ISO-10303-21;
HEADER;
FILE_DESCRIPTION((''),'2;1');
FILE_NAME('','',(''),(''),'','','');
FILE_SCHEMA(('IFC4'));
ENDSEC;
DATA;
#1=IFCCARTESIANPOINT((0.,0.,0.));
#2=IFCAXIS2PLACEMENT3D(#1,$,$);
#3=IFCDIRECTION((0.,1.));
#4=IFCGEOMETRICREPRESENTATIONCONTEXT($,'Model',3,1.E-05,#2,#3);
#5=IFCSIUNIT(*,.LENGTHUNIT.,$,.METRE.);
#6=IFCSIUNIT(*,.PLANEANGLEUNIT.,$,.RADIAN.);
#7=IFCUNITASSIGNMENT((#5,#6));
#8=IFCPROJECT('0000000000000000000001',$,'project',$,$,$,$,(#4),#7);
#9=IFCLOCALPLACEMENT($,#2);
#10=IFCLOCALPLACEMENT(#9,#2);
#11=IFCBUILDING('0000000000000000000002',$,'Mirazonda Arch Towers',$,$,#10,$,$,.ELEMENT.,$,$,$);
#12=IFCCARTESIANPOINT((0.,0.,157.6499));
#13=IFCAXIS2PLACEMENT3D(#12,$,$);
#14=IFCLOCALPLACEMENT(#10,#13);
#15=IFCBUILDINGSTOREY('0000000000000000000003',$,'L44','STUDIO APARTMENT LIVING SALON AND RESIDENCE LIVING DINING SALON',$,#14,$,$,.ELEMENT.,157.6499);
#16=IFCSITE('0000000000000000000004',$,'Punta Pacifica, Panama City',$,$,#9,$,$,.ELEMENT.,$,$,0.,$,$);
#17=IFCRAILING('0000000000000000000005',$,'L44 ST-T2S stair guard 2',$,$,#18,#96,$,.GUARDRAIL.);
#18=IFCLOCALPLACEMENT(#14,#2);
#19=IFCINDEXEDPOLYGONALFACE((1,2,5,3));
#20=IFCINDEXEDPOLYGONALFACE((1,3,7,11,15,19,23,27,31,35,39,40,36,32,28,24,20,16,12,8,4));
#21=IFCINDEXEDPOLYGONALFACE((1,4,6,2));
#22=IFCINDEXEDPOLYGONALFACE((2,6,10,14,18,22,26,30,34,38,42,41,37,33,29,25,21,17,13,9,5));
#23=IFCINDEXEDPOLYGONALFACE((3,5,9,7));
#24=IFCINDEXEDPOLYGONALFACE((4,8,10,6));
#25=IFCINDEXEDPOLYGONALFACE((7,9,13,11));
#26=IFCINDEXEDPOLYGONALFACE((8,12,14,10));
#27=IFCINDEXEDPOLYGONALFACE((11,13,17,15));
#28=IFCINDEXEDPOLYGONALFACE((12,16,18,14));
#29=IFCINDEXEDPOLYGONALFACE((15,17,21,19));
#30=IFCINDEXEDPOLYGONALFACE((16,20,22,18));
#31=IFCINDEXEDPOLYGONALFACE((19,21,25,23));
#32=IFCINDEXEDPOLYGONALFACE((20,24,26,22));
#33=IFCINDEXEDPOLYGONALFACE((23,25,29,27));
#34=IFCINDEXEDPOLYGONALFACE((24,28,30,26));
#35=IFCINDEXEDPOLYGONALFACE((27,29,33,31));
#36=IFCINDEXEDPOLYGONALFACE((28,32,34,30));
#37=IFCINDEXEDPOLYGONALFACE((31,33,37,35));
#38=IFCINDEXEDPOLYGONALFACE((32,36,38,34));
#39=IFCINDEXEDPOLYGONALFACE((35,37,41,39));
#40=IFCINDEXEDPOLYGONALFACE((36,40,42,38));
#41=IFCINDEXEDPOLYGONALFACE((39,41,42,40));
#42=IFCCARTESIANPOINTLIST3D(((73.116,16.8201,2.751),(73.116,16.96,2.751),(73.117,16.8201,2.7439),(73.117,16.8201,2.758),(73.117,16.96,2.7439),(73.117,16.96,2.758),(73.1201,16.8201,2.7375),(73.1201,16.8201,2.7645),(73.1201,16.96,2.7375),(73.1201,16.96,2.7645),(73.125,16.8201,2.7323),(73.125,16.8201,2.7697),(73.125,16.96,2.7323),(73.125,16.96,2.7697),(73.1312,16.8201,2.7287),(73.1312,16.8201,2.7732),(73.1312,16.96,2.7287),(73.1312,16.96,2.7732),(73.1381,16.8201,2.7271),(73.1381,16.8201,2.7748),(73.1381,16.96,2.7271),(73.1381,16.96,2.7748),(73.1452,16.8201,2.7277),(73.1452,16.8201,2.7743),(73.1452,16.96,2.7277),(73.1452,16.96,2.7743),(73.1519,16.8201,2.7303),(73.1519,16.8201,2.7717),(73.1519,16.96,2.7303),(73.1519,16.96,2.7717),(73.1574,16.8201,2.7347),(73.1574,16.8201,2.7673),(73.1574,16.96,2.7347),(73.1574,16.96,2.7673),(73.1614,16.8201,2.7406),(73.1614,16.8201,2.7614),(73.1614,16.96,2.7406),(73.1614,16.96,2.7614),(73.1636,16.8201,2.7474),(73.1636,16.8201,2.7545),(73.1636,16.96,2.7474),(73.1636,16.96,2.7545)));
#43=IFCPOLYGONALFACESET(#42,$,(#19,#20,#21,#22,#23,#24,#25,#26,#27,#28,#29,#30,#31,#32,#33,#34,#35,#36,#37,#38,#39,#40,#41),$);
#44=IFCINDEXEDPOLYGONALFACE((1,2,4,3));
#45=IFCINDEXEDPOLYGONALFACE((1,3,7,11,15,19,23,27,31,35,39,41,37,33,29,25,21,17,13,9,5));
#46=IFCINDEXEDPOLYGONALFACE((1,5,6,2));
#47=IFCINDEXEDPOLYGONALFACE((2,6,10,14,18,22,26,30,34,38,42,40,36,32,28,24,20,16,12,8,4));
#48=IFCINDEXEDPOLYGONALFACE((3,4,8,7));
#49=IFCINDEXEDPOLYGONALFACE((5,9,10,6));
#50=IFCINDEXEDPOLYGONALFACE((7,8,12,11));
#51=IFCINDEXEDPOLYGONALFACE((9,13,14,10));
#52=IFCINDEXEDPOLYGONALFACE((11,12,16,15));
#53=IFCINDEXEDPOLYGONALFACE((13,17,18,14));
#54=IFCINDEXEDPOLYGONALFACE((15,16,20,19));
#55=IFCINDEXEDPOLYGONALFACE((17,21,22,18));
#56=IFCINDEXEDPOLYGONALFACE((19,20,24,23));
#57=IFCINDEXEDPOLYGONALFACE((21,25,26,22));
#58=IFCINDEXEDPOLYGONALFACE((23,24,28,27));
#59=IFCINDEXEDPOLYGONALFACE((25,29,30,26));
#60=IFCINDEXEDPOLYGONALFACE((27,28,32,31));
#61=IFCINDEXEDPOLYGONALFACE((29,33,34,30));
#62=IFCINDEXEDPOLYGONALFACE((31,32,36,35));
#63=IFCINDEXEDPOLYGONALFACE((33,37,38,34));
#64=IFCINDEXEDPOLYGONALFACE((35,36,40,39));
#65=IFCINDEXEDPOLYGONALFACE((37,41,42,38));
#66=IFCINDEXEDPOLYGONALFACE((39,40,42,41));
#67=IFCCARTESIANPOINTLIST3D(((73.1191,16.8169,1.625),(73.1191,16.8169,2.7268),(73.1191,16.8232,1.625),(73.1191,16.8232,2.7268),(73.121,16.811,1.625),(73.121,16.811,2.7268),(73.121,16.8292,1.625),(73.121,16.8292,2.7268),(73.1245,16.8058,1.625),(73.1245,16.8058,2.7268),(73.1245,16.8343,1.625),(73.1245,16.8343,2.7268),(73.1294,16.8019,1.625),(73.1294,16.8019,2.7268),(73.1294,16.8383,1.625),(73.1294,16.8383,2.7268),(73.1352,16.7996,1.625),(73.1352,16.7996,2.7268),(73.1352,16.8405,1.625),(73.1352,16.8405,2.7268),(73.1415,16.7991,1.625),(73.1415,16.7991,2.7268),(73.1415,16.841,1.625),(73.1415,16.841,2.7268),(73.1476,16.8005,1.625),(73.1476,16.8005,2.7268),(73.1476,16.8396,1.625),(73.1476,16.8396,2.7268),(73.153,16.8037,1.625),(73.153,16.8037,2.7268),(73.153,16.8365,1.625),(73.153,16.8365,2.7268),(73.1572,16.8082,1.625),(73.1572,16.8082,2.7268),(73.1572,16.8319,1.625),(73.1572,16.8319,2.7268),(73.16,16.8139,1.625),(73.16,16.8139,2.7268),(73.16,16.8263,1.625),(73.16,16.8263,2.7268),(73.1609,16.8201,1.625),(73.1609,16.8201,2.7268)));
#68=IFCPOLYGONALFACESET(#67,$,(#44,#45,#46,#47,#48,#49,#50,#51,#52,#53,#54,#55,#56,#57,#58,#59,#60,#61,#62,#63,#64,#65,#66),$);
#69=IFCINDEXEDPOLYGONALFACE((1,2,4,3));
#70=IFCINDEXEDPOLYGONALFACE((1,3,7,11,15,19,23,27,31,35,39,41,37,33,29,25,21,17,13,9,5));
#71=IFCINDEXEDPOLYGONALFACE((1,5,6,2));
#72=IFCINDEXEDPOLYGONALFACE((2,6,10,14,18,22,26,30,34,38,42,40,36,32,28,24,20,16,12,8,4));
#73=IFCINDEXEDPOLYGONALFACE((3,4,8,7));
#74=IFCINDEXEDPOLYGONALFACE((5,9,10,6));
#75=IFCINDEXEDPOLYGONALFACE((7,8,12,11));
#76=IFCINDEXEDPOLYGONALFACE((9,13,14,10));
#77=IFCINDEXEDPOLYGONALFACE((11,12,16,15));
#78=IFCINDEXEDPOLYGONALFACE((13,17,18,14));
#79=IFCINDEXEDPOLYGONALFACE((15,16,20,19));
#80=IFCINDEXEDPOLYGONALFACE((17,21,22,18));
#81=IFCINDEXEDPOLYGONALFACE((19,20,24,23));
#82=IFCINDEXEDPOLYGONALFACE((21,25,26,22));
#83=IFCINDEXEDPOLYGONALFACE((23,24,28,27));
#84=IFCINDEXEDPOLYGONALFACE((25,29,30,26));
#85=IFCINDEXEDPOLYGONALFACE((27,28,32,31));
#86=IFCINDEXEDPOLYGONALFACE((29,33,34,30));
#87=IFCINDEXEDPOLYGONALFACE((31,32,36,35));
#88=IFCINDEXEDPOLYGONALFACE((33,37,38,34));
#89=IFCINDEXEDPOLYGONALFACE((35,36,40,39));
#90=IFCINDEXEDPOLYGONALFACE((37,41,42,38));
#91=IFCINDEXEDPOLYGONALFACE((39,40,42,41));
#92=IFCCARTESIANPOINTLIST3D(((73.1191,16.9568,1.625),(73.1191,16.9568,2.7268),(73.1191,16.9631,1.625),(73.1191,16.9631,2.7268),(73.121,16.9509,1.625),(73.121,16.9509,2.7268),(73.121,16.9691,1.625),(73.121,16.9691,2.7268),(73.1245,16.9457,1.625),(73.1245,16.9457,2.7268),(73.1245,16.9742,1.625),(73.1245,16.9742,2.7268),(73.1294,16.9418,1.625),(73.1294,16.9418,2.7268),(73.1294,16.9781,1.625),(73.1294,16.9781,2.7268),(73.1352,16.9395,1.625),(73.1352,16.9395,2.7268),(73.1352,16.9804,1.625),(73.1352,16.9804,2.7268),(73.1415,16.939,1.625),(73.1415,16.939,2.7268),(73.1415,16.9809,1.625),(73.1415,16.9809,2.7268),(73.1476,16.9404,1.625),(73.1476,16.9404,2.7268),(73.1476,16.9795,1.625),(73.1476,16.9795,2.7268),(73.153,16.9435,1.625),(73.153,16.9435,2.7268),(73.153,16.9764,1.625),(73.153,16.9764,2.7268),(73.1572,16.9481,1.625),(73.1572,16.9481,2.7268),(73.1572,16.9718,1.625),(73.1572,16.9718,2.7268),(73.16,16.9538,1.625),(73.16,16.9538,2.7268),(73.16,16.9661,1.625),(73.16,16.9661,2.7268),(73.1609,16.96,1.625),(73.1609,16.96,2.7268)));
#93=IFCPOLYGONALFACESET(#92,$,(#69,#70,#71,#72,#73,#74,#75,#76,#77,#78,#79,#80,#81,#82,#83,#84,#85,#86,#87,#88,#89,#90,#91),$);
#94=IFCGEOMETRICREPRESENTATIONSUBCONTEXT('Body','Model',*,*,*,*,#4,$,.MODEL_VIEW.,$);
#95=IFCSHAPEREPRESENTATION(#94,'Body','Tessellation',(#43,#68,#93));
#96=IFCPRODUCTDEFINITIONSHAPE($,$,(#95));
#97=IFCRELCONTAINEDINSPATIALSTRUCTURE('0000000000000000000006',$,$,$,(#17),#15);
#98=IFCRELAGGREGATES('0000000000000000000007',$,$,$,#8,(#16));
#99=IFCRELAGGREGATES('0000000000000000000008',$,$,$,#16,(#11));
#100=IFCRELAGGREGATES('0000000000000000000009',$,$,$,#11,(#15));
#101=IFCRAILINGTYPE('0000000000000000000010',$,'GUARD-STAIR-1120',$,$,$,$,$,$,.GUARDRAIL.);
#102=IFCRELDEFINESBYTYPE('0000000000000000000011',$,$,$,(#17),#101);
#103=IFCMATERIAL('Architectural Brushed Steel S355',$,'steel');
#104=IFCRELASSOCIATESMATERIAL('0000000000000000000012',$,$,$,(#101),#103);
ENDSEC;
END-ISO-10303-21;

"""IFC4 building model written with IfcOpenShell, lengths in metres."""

from ifc_helpers import new_model, si_unit, direction, frame, origin, origin_2d, place, context, subcontext, project, spatial, circle, extrude, material, type_object, element, save


model = new_model("IFC4")

# Units and contexts
model_context = context("Model", 3, precision=1e-05, world=origin(), true_north=direction((0.0, 1.0)))
body_context = subcontext(model_context, "Body", "Model", "MODEL_VIEW")
ifc_project = project(units=[si_unit("LENGTHUNIT", "METRE"), si_unit("PLANEANGLEUNIT", "RADIAN")], contexts=[model_context])

# Site, building, storey
site_placement = place(None, origin())
site = spatial("IfcSite", under=ifc_project, at=site_placement, Name="Punta Pacifica, Panama City", CompositionType="ELEMENT", RefElevation=0.0)
building_placement = place(site_placement, origin())
building = spatial("IfcBuilding", under=site, at=building_placement, Name="Mirazonda Arch Towers", CompositionType="ELEMENT")
storey_placement = place(building_placement, frame((0.0, 0.0, 157.6499)))
storey = spatial("IfcBuildingStorey", under=building, at=storey_placement, Name="L44", Description="STUDIO APARTMENT LIVING SALON AND RESIDENCE LIVING DINING SALON", CompositionType="ELEMENT", Elevation=157.6499)

# Railing
ifc_material_1 = material(Name="Architectural Brushed Steel S355", Category="steel")
railing_type_1 = type_object("IfcRailingType", Name="GUARD-STAIR-1120", PredefinedType="GUARDRAIL", material=ifc_material_1)
railing_1_placement = place(storey_placement, frame((73.1399, 16.8201, 1.625)))
element("IfcRailing", 1, at=railing_1_placement, inside=storey, type_object=railing_type_1, Name="L44 ST-T2S stair guard 2", PredefinedType="GUARDRAIL", context=body_context, shape_type="SweptSolid", body=[
    extrude(circle(Radius=0.0239, at=origin_2d()), frame((0.0, 0.0, 1.126), z_axis=(0.0, 1.0, 0.0), x_axis=(-1.0, 0.0, 0.0)), (0.0, 0.0, 1.0), 0.1399),
    extrude(circle(Radius=0.021, at=origin_2d()), origin(), (0.0, 0.0, 1.0), 1.1018),
    extrude(circle(Radius=0.021, at=origin_2d()), frame((0.0, 0.1399, 0.0)), (0.0, 0.0, 1.0), 1.1018),
])

save(model, "model.ifc")
